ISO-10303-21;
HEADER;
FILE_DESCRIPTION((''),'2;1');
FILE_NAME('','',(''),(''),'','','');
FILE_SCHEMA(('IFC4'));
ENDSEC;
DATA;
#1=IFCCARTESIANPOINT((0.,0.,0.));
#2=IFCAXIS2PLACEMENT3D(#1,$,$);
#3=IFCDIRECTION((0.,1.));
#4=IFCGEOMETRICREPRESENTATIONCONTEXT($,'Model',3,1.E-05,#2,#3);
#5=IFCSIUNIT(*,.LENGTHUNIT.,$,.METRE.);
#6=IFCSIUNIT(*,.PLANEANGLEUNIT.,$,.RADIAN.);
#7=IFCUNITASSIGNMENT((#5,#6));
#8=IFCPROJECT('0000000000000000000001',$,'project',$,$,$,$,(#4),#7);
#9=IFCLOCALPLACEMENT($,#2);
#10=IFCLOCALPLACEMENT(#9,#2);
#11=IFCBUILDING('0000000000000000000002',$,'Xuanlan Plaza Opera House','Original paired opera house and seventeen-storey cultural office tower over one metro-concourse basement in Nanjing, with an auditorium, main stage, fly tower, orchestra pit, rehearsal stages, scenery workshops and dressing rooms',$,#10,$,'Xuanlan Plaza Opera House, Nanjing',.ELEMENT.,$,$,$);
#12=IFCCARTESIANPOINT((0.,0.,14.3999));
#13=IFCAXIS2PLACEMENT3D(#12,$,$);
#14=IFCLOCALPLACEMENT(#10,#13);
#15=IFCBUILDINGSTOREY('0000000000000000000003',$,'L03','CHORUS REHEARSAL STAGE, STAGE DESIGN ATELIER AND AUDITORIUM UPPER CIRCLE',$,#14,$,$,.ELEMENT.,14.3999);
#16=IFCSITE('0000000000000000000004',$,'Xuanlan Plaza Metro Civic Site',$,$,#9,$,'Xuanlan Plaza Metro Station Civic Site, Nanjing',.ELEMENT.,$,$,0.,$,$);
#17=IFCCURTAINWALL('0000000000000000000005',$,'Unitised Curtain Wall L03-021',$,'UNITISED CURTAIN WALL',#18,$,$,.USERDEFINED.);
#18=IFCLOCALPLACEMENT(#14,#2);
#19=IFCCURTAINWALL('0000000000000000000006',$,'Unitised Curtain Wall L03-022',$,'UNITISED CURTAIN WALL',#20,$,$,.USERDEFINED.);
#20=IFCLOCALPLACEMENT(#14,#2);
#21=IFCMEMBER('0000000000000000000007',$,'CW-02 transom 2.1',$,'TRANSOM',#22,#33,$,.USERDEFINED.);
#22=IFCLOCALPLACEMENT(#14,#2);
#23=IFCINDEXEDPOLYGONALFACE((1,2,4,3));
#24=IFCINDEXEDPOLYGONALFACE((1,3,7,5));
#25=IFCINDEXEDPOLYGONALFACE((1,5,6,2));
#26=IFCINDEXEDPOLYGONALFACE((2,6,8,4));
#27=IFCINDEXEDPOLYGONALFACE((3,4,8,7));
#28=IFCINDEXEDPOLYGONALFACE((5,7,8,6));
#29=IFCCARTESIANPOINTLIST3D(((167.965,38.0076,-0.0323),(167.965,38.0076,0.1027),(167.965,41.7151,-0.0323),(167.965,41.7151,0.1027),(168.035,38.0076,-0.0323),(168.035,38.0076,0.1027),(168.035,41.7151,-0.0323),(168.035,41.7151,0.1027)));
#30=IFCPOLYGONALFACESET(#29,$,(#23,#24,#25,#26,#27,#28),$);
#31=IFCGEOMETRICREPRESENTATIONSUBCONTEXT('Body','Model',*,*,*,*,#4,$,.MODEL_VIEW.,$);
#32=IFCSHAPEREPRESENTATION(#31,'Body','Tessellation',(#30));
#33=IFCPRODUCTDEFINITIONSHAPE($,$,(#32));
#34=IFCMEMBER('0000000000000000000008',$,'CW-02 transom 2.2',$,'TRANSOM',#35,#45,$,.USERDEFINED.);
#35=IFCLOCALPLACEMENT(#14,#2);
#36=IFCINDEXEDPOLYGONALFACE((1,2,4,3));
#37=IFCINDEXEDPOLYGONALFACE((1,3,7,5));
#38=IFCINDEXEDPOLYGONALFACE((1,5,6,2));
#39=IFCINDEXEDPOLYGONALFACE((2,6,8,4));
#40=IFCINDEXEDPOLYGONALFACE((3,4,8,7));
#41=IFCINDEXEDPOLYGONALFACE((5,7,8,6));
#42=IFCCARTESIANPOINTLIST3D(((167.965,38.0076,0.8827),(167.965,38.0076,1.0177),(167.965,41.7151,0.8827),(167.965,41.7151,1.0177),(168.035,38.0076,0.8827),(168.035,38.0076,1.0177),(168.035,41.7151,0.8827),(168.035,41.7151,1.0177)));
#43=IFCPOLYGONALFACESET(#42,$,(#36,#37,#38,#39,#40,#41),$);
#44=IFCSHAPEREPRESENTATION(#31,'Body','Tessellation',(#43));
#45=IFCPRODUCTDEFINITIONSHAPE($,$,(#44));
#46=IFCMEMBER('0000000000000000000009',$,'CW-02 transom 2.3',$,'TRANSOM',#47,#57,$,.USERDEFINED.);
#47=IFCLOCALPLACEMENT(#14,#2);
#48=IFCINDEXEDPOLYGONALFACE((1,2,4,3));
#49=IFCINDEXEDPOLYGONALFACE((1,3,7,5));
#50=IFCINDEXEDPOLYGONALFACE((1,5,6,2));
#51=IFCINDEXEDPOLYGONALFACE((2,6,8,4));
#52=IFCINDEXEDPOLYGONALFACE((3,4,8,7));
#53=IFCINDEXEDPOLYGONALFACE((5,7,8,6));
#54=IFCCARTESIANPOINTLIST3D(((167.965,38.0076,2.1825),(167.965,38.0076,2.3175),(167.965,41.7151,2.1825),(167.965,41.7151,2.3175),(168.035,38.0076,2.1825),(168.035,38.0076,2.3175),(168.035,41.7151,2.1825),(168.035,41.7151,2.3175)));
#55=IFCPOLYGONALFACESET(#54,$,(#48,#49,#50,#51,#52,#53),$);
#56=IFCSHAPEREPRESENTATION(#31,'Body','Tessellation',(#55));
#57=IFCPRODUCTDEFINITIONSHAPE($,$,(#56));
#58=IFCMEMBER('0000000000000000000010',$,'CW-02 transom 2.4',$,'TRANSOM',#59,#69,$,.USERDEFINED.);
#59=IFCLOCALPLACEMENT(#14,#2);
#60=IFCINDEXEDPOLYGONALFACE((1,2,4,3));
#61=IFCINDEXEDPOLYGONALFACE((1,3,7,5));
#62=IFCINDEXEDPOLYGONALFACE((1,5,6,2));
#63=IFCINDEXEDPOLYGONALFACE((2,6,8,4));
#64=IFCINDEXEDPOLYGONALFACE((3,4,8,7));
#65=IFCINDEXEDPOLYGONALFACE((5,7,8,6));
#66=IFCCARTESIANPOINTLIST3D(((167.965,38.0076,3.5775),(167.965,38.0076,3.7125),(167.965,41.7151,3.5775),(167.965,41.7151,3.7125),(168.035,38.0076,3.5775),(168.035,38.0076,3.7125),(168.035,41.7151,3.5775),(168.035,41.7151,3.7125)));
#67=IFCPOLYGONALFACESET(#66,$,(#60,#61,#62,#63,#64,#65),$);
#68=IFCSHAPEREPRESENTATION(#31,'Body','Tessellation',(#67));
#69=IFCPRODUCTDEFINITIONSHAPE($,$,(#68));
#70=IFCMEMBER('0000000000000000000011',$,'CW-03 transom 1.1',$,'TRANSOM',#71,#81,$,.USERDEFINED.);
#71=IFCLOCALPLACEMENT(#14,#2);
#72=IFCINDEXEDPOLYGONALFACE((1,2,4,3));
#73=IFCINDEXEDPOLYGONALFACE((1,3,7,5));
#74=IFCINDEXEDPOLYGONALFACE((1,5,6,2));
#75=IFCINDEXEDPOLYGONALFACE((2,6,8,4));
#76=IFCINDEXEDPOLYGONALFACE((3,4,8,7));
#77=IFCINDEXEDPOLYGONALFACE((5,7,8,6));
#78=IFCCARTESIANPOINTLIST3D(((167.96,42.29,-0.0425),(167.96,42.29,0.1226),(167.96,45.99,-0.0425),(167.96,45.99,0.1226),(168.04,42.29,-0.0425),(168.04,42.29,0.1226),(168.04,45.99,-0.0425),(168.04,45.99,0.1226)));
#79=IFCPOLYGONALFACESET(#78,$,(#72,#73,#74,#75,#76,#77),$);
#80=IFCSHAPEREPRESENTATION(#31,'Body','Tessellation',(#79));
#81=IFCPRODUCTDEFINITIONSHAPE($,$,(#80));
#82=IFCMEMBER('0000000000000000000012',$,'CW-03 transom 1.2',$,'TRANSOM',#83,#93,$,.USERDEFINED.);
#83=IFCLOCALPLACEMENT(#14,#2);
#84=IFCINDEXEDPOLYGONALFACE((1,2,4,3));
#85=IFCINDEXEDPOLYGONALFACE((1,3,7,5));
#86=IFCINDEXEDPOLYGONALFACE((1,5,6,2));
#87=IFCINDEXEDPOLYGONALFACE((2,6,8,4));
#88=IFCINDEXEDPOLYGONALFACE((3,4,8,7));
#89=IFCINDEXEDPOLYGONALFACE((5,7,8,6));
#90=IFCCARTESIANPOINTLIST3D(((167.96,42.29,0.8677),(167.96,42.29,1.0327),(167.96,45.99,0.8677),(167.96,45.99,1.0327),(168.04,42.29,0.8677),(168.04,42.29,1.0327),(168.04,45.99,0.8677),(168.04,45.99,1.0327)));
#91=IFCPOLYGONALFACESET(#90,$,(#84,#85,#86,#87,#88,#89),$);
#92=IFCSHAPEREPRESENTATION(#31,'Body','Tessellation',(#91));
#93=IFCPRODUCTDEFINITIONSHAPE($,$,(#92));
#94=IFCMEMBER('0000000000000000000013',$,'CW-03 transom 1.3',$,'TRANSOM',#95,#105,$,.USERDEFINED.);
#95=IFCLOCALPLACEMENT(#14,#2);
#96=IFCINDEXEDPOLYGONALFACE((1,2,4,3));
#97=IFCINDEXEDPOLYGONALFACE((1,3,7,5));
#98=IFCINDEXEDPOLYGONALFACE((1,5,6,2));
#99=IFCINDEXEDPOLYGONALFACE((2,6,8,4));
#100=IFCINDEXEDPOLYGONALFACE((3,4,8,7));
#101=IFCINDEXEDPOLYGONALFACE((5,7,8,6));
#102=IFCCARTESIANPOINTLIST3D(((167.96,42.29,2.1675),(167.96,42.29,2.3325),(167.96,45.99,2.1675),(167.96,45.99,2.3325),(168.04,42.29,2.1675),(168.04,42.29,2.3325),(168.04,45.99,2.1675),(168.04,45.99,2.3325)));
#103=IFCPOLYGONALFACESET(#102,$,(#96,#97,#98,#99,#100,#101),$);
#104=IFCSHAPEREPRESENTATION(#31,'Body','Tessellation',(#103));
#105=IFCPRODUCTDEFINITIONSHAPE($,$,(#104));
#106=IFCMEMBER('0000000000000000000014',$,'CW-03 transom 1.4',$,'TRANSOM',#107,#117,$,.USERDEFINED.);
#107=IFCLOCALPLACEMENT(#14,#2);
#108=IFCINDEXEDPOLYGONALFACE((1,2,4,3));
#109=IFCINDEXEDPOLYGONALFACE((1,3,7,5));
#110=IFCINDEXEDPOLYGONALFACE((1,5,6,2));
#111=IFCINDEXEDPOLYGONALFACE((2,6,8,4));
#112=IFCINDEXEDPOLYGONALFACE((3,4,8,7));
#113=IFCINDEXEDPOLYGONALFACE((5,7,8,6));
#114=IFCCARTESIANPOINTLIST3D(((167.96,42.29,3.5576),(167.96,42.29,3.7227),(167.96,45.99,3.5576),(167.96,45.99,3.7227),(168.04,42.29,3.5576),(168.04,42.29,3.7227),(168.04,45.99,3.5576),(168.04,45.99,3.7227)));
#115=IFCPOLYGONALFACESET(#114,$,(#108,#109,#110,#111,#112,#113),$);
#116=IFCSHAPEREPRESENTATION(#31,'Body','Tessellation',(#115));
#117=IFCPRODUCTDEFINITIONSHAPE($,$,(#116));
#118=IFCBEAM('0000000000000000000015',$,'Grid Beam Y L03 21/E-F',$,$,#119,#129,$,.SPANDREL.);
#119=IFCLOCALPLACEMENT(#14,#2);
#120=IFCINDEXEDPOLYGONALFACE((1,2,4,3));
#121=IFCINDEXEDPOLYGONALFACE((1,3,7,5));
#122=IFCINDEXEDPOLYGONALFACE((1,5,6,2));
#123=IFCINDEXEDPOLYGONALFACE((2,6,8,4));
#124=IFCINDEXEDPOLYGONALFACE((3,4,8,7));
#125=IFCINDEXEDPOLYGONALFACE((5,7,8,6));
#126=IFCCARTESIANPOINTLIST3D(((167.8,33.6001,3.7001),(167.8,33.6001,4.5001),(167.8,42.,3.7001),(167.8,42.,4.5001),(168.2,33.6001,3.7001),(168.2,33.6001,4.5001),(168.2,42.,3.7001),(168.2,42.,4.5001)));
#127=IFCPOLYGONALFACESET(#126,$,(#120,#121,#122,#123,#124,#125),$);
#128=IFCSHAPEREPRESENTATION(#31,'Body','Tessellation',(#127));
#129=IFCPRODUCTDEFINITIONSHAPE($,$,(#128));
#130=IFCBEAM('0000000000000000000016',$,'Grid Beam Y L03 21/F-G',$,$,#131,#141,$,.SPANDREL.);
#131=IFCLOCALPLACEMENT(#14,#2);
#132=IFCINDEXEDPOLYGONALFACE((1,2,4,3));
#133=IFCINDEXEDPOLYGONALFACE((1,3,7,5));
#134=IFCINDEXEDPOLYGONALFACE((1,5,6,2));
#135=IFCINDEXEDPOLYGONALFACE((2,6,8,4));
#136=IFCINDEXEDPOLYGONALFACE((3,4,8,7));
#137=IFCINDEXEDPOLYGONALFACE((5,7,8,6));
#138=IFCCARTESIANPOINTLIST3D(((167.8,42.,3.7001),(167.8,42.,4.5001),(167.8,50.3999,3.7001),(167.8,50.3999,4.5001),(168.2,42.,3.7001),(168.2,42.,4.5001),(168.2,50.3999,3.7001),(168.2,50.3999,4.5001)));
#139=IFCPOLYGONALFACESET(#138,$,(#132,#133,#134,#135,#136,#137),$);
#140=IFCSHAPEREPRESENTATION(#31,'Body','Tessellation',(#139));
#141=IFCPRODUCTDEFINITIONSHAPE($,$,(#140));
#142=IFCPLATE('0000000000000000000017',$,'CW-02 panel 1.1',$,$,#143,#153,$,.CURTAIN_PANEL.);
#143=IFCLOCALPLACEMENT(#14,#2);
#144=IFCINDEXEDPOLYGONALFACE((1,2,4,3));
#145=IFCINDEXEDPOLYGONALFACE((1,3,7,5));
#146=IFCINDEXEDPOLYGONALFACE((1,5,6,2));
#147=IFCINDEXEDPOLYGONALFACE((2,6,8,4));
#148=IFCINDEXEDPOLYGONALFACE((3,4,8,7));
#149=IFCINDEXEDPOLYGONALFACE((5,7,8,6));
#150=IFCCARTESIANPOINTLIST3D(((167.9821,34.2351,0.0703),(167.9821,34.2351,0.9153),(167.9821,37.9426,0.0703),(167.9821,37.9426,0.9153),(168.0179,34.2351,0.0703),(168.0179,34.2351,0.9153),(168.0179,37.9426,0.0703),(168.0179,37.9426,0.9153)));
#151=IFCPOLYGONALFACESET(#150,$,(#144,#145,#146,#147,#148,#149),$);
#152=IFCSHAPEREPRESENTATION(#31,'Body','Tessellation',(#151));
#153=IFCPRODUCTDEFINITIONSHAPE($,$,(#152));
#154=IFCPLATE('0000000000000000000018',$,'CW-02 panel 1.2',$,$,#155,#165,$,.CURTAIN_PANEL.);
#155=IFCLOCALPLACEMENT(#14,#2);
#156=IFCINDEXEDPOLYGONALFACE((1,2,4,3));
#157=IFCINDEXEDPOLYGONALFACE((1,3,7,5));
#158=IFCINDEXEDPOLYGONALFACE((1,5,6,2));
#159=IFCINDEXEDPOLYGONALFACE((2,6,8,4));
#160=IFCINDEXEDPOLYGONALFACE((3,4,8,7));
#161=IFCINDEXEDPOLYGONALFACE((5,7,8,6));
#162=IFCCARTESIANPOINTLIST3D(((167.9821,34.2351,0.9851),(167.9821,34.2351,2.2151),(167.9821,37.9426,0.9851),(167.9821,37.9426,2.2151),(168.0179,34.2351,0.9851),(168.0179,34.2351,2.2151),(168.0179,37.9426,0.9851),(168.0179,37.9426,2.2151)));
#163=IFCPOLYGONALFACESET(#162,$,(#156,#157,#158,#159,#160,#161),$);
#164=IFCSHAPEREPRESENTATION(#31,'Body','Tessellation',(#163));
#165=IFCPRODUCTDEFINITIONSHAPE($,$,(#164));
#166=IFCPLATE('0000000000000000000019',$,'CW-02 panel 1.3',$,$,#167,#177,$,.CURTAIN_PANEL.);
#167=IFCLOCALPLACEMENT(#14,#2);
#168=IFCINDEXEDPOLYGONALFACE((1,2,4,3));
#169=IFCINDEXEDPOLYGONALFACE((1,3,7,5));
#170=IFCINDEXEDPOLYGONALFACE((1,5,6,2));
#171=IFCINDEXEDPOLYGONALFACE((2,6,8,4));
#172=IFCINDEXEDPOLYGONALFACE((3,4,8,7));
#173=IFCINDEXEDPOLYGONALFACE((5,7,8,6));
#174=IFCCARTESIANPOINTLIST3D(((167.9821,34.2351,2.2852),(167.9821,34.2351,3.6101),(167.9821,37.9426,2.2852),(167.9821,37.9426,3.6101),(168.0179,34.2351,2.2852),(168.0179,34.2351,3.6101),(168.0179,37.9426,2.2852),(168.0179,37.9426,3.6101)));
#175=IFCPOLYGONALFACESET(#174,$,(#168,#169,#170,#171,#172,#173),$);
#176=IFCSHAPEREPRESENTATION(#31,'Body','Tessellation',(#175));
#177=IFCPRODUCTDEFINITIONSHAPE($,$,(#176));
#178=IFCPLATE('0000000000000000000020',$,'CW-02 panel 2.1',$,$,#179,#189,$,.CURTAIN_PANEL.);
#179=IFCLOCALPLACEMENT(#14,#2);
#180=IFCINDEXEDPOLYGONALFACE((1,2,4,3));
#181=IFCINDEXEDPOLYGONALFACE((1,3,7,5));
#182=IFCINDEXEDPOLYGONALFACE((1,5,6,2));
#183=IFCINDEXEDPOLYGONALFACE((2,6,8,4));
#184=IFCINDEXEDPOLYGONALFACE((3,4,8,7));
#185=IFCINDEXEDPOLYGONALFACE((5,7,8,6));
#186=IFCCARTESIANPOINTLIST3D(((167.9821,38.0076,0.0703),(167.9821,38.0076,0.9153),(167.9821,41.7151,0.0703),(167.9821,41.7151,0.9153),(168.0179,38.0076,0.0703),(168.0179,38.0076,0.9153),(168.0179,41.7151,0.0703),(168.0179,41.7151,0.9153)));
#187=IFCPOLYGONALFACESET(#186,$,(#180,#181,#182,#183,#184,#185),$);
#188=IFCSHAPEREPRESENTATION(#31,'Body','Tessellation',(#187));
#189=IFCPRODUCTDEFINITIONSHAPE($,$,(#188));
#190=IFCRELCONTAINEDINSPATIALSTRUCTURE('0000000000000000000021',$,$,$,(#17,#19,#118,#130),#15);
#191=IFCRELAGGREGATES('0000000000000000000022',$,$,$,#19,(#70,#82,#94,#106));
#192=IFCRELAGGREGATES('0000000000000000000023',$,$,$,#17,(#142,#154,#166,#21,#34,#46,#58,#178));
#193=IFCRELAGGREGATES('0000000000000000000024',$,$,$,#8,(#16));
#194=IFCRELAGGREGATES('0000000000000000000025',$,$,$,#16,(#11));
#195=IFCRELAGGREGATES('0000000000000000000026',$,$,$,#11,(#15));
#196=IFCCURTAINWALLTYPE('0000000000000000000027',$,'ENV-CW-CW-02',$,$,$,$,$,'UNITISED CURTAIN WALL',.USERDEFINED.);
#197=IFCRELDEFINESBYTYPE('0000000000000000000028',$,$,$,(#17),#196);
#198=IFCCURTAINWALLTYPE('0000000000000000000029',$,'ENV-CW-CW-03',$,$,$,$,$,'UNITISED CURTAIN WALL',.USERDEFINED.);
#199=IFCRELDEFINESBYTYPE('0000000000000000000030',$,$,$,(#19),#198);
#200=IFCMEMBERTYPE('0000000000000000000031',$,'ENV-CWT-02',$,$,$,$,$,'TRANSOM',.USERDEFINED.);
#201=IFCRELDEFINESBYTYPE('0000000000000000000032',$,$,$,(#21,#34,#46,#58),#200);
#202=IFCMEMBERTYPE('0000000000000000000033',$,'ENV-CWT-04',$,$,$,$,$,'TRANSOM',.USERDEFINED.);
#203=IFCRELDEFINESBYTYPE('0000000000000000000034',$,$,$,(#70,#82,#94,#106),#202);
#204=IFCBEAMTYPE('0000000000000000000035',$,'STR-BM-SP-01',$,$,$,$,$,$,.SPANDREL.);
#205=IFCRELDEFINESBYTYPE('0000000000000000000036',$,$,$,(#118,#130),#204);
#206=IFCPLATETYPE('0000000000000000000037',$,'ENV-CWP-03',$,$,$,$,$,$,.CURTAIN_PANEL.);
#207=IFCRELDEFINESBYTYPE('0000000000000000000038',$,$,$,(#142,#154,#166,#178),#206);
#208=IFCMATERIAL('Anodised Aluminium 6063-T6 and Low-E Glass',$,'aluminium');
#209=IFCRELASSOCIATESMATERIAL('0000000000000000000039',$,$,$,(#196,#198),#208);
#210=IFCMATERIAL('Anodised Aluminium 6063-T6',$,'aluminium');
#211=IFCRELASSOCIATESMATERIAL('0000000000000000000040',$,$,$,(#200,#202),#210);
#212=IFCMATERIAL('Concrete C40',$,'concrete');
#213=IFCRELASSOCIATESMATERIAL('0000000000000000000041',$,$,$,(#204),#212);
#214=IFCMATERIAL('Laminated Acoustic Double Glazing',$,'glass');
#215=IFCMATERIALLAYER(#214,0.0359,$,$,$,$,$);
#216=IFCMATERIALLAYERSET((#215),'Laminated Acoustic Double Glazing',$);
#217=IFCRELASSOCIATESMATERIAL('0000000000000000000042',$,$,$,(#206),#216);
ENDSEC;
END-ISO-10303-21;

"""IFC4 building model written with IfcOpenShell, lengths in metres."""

from ifc_helpers import new_model, si_unit, direction, frame, origin, origin_2d, place, context, subcontext, project, spatial, rectangle, extrude, material, layer, layer_set, material_profile, profile_set, type_object, element, aggregate, save


model = new_model("IFC4")

# Units and contexts
model_context = context("Model", 3, precision=1e-05, world=origin(), true_north=direction((0.0, 1.0)))
body_context = subcontext(model_context, "Body", "Model", "MODEL_VIEW")
ifc_project = project(units=[si_unit("LENGTHUNIT", "METRE"), si_unit("PLANEANGLEUNIT", "RADIAN")], contexts=[model_context])

# Site, building, storey
site_placement = place(None, origin())
site = spatial("IfcSite", under=ifc_project, at=site_placement, Name="Xuanlan Plaza Metro Civic Site", LongName="Xuanlan Plaza Metro Station Civic Site, Nanjing", CompositionType="ELEMENT", RefElevation=0.0)
building_placement = place(site_placement, origin())
building = spatial("IfcBuilding", under=site, at=building_placement, Name="Xuanlan Plaza Opera House", Description="Original paired opera house and seventeen-storey cultural office tower over one metro-concourse basement in Nanjing, with an auditorium, main stage, fly tower, orchestra pit, rehearsal stages, scenery workshops and dressing rooms", LongName="Xuanlan Plaza Opera House, Nanjing", CompositionType="ELEMENT")
storey_placement = place(building_placement, frame((0.0, 0.0, 14.3999)))
storey = spatial("IfcBuildingStorey", under=building, at=storey_placement, Name="L03", Description="CHORUS REHEARSAL STAGE, STAGE DESIGN ATELIER AND AUDITORIUM UPPER CIRCLE", CompositionType="ELEMENT", Elevation=14.3999)

# Curtain wall
ifc_material_1 = material(Name="Anodised Aluminium 6063-T6 and Low-E Glass", Category="aluminium")
curtain_wall_type_1 = type_object("IfcCurtainWallType", Name="ENV-CW-CW-02", ElementType="UNITISED CURTAIN WALL", PredefinedType="USERDEFINED", material=ifc_material_1)
curtain_wall_1_placement = place(storey_placement, origin())
curtain_wall_1 = element("IfcCurtainWall", 1, at=curtain_wall_1_placement, inside=storey, type_object=curtain_wall_type_1, Name="Unitised Curtain Wall L03-021", ObjectType="UNITISED CURTAIN WALL", PredefinedType="USERDEFINED")
ifc_material_2 = material(Name="Anodised Aluminium 6063-T6", Category="aluminium")

# Curtain wall
curtain_wall_type_2 = type_object("IfcCurtainWallType", Name="ENV-CW-CW-03", ElementType="UNITISED CURTAIN WALL", PredefinedType="USERDEFINED", material=ifc_material_1)
curtain_wall_2_placement = place(storey_placement, origin())
curtain_wall_2 = element("IfcCurtainWall", 2, at=curtain_wall_2_placement, inside=storey, type_object=curtain_wall_type_2, Name="Unitised Curtain Wall L03-022", ObjectType="UNITISED CURTAIN WALL", PredefinedType="USERDEFINED")

# Members
ifc_material_profile_1 = material_profile(ifc_material_2, rectangle(XDim=0.0701, YDim=0.135, at=origin_2d()), Name="ALU-T 70x135")
ifc_profile_set_1 = profile_set([ifc_material_profile_1], Name="Anodised Aluminium 6063-T6")
member_type_1 = type_object("IfcMemberType", Name="ENV-CWT-02", ElementType="TRANSOM", PredefinedType="USERDEFINED", material=ifc_profile_set_1)
member_1_placement = place(storey_placement, frame((168.0, 38.0076, 0.0352), z_axis=(0.0, 1.0, 0.0), x_axis=(-1.0, 0.0, 0.0)))
member_1 = element("IfcMember", 3, at=member_1_placement, type_object=member_type_1, Name="CW-02 transom 2.1", ObjectType="TRANSOM", PredefinedType="USERDEFINED", context=body_context, shape_type="SweptSolid", body=[
    extrude(rectangle(XDim=0.0701, YDim=0.135, at=origin_2d()), origin(), (0.0, 0.0, 1.0), 3.7075),
])
member_2_placement = place(storey_placement, frame((168.0, 38.0076, 0.9502), z_axis=(0.0, 1.0, 0.0), x_axis=(-1.0, 0.0, 0.0)))
member_2 = element("IfcMember", 4, at=member_2_placement, type_object=member_type_1, Name="CW-02 transom 2.2", ObjectType="TRANSOM", PredefinedType="USERDEFINED", context=body_context, shape_type="SweptSolid", body=[
    extrude(rectangle(XDim=0.0701, YDim=0.135, at=origin_2d()), origin(), (0.0, 0.0, 1.0), 3.7075),
])
member_3_placement = place(storey_placement, frame((168.0, 38.0076, 2.25), z_axis=(0.0, 1.0, 0.0), x_axis=(-1.0, 0.0, 0.0)))
member_3 = element("IfcMember", 5, at=member_3_placement, type_object=member_type_1, Name="CW-02 transom 2.3", ObjectType="TRANSOM", PredefinedType="USERDEFINED", context=body_context, shape_type="SweptSolid", body=[
    extrude(rectangle(XDim=0.0701, YDim=0.135, at=origin_2d()), origin(), (0.0, 0.0, 1.0), 3.7075),
])
member_4_placement = place(storey_placement, frame((168.0, 38.0076, 3.645), z_axis=(0.0, 1.0, 0.0), x_axis=(-1.0, 0.0, 0.0)))
member_4 = element("IfcMember", 6, at=member_4_placement, type_object=member_type_1, Name="CW-02 transom 2.4", ObjectType="TRANSOM", PredefinedType="USERDEFINED", context=body_context, shape_type="SweptSolid", body=[
    extrude(rectangle(XDim=0.0701, YDim=0.135, at=origin_2d()), origin(), (0.0, 0.0, 1.0), 3.7075),
])
ifc_material_profile_2 = material_profile(ifc_material_2, rectangle(XDim=0.0801, YDim=0.165, at=origin_2d()), Name="ALU-T 80x165")
ifc_profile_set_2 = profile_set([ifc_material_profile_2], Name="Anodised Aluminium 6063-T6")
member_type_2 = type_object("IfcMemberType", Name="ENV-CWT-04", ElementType="TRANSOM", PredefinedType="USERDEFINED", material=ifc_profile_set_2)
member_5_placement = place(storey_placement, frame((168.0, 42.29, 0.04), z_axis=(0.0, 1.0, 0.0), x_axis=(-1.0, 0.0, 0.0)))
member_5 = element("IfcMember", 7, at=member_5_placement, type_object=member_type_2, Name="CW-03 transom 1.1", ObjectType="TRANSOM", PredefinedType="USERDEFINED", context=body_context, shape_type="SweptSolid", body=[
    extrude(rectangle(XDim=0.0801, YDim=0.165, at=origin_2d()), origin(), (0.0, 0.0, 1.0), 3.7),
])
member_6_placement = place(storey_placement, frame((168.0, 42.29, 0.9502), z_axis=(0.0, 1.0, 0.0), x_axis=(-1.0, 0.0, 0.0)))
member_6 = element("IfcMember", 8, at=member_6_placement, type_object=member_type_2, Name="CW-03 transom 1.2", ObjectType="TRANSOM", PredefinedType="USERDEFINED", context=body_context, shape_type="SweptSolid", body=[
    extrude(rectangle(XDim=0.0801, YDim=0.165, at=origin_2d()), origin(), (0.0, 0.0, 1.0), 3.7),
])
member_7_placement = place(storey_placement, frame((168.0, 42.29, 2.25), z_axis=(0.0, 1.0, 0.0), x_axis=(-1.0, 0.0, 0.0)))
member_7 = element("IfcMember", 9, at=member_7_placement, type_object=member_type_2, Name="CW-03 transom 1.3", ObjectType="TRANSOM", PredefinedType="USERDEFINED", context=body_context, shape_type="SweptSolid", body=[
    extrude(rectangle(XDim=0.0801, YDim=0.165, at=origin_2d()), origin(), (0.0, 0.0, 1.0), 3.7),
])
member_8_placement = place(storey_placement, frame((168.0, 42.29, 3.6401), z_axis=(0.0, 1.0, 0.0), x_axis=(-1.0, 0.0, 0.0)))
member_8 = element("IfcMember", 10, at=member_8_placement, type_object=member_type_2, Name="CW-03 transom 1.4", ObjectType="TRANSOM", PredefinedType="USERDEFINED", context=body_context, shape_type="SweptSolid", body=[
    extrude(rectangle(XDim=0.0801, YDim=0.165, at=origin_2d()), origin(), (0.0, 0.0, 1.0), 3.7),
])
aggregate(curtain_wall_2, [member_5, member_6, member_7, member_8])

# Beams
ifc_material_3 = material(Name="Concrete C40", Category="concrete")
ifc_material_profile_3 = material_profile(ifc_material_3, rectangle(XDim=0.3999, YDim=0.8, at=origin_2d()), Name="RC-SPD 400x800")
ifc_profile_set_3 = profile_set([ifc_material_profile_3], Name="Concrete C40")
beam_type = type_object("IfcBeamType", Name="STR-BM-SP-01", PredefinedType="SPANDREL", material=ifc_profile_set_3)
for number, where, z_axis, x_axis, name in (
    (11, (168.0, 33.6001, 4.1001), (0.0, 1.0, 0.0), (-1.0, 0.0, 0.0), "Grid Beam Y L03 21/E-F"),
    (12, (168.0, 42.0, 4.1001), (0.0, 1.0, 0.0), (-1.0, 0.0, 0.0), "Grid Beam Y L03 21/F-G"),
):
    element("IfcBeam", number, at=place(storey_placement, frame(where, z_axis=z_axis, x_axis=x_axis)), inside=storey, type_object=beam_type, Name=name, PredefinedType="SPANDREL", context=body_context, shape_type="SweptSolid", body=[
        extrude(rectangle(XDim=0.3999, YDim=0.8, at=origin_2d()), origin(), (0.0, 0.0, 1.0), 8.3999),
    ])

# Plates
ifc_material_4 = material(Name="Laminated Acoustic Double Glazing", Category="glass")
ifc_layer = layer(ifc_material_4, 0.0359)
ifc_layer_set = layer_set([ifc_layer], Name="Laminated Acoustic Double Glazing")
plate_type = type_object("IfcPlateType", Name="ENV-CWP-03", PredefinedType="CURTAIN_PANEL", material=ifc_layer_set)
plate_1_placement = place(storey_placement, frame((168.0, 36.0889, 0.0703), z_axis=(0.0, 0.0, 1.0), x_axis=(0.0, 1.0, 0.0)))
plate_1 = element("IfcPlate", 13, at=plate_1_placement, type_object=plate_type, Name="CW-02 panel 1.1", PredefinedType="CURTAIN_PANEL", context=body_context, shape_type="SweptSolid", body=[
    extrude(rectangle(XDim=3.7075, YDim=0.0359, at=origin_2d()), origin(), (0.0, 0.0, 1.0), 0.845),
])
plate_2_placement = place(storey_placement, frame((168.0, 36.0889, 0.9851), z_axis=(0.0, 0.0, 1.0), x_axis=(0.0, 1.0, 0.0)))
plate_2 = element("IfcPlate", 14, at=plate_2_placement, type_object=plate_type, Name="CW-02 panel 1.2", PredefinedType="CURTAIN_PANEL", context=body_context, shape_type="SweptSolid", body=[
    extrude(rectangle(XDim=3.7075, YDim=0.0359, at=origin_2d()), origin(), (0.0, 0.0, 1.0), 1.23),
])
plate_3_placement = place(storey_placement, frame((168.0, 36.0889, 2.2852), z_axis=(0.0, 0.0, 1.0), x_axis=(0.0, 1.0, 0.0)))
plate_3 = element("IfcPlate", 15, at=plate_3_placement, type_object=plate_type, Name="CW-02 panel 1.3", PredefinedType="CURTAIN_PANEL", context=body_context, shape_type="SweptSolid", body=[
    extrude(rectangle(XDim=3.7075, YDim=0.0359, at=origin_2d()), origin(), (0.0, 0.0, 1.0), 1.325),
])
plate_4_placement = place(storey_placement, frame((168.0, 39.8613, 0.0703), z_axis=(0.0, 0.0, 1.0), x_axis=(0.0, 1.0, 0.0)))
plate_4 = element("IfcPlate", 16, at=plate_4_placement, type_object=plate_type, Name="CW-02 panel 2.1", PredefinedType="CURTAIN_PANEL", context=body_context, shape_type="SweptSolid", body=[
    extrude(rectangle(XDim=3.7075, YDim=0.0359, at=origin_2d()), origin(), (0.0, 0.0, 1.0), 0.845),
])
aggregate(curtain_wall_1, [plate_1, plate_2, plate_3, member_1, member_2, member_3, member_4, plate_4])

save(model, "model.ifc")
